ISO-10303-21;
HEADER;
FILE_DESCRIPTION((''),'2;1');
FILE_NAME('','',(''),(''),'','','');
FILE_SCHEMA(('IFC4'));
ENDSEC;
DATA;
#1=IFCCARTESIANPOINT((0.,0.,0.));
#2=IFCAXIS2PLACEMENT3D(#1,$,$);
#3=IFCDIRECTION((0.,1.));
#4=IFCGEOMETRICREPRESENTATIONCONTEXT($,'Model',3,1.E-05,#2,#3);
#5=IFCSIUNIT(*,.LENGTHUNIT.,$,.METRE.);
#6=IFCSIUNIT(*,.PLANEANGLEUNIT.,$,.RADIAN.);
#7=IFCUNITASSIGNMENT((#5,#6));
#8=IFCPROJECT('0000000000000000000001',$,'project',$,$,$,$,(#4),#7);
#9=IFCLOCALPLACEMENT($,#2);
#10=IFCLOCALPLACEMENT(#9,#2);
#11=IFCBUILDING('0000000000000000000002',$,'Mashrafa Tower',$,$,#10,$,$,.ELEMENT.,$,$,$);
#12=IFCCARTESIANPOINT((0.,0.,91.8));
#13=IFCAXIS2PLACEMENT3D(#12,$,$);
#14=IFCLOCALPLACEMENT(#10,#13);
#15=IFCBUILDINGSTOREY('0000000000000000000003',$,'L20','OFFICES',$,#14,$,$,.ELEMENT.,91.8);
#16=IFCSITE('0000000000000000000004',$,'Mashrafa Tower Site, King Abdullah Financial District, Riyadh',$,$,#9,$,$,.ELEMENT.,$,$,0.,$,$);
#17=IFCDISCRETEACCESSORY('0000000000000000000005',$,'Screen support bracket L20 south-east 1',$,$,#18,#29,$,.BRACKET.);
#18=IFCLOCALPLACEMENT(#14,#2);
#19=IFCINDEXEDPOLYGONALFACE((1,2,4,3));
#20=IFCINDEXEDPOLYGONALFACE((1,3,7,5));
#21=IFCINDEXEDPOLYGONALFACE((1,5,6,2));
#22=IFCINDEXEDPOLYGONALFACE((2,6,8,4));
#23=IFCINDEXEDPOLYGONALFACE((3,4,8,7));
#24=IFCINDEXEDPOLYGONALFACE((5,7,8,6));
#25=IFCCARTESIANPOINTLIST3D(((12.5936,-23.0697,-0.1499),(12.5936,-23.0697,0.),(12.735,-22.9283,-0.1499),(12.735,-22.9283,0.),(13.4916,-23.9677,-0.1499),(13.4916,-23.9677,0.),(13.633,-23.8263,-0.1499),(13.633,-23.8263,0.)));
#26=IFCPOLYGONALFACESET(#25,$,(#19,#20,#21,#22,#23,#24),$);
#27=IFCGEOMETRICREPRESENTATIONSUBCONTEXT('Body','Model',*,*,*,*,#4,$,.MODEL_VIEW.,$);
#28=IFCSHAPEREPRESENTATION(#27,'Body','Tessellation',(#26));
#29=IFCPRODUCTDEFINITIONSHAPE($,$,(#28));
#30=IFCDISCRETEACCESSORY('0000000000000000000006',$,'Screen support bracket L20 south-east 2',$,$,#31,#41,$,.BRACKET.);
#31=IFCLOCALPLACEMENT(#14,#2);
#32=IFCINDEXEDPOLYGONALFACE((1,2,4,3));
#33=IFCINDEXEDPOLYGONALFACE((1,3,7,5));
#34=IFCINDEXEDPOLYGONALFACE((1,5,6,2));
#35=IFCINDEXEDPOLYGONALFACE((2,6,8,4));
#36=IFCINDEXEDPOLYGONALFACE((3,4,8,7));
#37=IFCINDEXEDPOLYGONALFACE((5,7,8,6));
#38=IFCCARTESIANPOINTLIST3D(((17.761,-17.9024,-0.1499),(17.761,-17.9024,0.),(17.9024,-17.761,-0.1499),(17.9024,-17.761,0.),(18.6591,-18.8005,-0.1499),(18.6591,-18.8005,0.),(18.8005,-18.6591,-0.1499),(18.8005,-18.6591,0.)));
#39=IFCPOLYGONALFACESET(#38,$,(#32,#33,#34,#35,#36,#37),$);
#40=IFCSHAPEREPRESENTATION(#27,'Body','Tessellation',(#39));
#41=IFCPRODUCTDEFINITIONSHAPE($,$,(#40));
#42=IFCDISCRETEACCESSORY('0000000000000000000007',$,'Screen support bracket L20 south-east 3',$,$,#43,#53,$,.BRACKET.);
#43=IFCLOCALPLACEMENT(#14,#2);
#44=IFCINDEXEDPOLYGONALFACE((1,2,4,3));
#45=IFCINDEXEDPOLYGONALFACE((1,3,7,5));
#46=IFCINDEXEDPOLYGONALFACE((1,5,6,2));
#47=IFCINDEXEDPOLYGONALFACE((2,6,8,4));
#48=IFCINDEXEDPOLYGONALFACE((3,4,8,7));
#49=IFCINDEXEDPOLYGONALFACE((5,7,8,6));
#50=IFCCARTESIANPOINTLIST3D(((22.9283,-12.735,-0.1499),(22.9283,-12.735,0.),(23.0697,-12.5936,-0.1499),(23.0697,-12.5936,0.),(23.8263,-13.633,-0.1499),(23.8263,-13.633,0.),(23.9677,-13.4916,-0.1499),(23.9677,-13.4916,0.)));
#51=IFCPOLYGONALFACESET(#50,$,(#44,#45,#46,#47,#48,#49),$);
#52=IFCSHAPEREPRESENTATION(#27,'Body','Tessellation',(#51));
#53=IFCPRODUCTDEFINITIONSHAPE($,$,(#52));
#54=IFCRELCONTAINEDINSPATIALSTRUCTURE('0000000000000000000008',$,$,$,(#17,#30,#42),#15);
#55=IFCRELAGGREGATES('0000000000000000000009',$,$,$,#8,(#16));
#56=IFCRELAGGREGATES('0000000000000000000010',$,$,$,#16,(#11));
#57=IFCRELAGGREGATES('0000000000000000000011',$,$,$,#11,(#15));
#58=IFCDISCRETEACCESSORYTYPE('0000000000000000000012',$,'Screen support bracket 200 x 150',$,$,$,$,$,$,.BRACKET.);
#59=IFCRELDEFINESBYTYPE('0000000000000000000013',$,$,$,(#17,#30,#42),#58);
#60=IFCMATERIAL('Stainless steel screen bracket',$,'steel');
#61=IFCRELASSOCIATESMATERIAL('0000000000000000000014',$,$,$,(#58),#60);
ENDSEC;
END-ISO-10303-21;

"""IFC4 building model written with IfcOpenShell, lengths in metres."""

from ifc_helpers import new_model, si_unit, direction, frame, origin, origin_2d, place, context, subcontext, project, spatial, rectangle, extrude, source, transform, mapped, material, type_object, type_shapes, element, save


model = new_model("IFC4")

# Units and contexts
model_context = context("Model", 3, precision=1e-05, world=origin(), true_north=direction((0.0, 1.0)))
body_context = subcontext(model_context, "Body", "Model", "MODEL_VIEW")
ifc_project = project(units=[si_unit("LENGTHUNIT", "METRE"), si_unit("PLANEANGLEUNIT", "RADIAN")], contexts=[model_context])

# Site, building, storey
site_placement = place(None, origin())
site = spatial("IfcSite", under=ifc_project, at=site_placement, Name="Mashrafa Tower Site, King Abdullah Financial District, Riyadh", CompositionType="ELEMENT", RefElevation=0.0)
building_placement = place(site_placement, origin())
building = spatial("IfcBuilding", under=site, at=building_placement, Name="Mashrafa Tower", CompositionType="ELEMENT")
storey_placement = place(building_placement, frame((0.0, 0.0, 91.8)))
storey = spatial("IfcBuildingStorey", under=building, at=storey_placement, Name="L20", Description="OFFICES", CompositionType="ELEMENT", Elevation=91.8)

# Discrete accessories
ifc_material_1 = material(Name="Stainless steel screen bracket", Category="steel")
discrete_accessory_type = type_object("IfcDiscreteAccessoryType", Name="Screen support bracket 200 x 150", PredefinedType="BRACKET", material=ifc_material_1)
shared_shape_1 = source(origin(), body_context, "Body", "SweptSolid", [
    extrude(rectangle(XDim=0.2, YDim=1.27, at=origin_2d()), origin(), (0.0, 0.0, 1.0), 0.1499),
])
type_shapes(discrete_accessory_type, [shared_shape_1])
for number, where, z_axis, x_axis, name in (
    (1, (13.1133, -23.448, -0.1499), (0.0, 0.0, 1.0), (0.707107, 0.707107, 0.0), "Screen support bracket L20 south-east 1"),
    (2, (18.2808, -18.2808, -0.1499), (0.0, 0.0, 1.0), (0.707107, 0.707107, 0.0), "Screen support bracket L20 south-east 2"),
    (3, (23.448, -13.1133, -0.1499), (0.0, 0.0, 1.0), (0.707107, 0.707107, 0.0), "Screen support bracket L20 south-east 3"),
):
    element("IfcDiscreteAccessory", number, at=place(storey_placement, frame(where, z_axis=z_axis, x_axis=x_axis)), inside=storey, type_object=discrete_accessory_type, Name=name, PredefinedType="BRACKET", context=body_context, shape_type="MappedRepresentation", body=[
        mapped(shared_shape_1, transform((0.0, 0.0, 0.0))),
    ])

save(model, "model.ifc")
